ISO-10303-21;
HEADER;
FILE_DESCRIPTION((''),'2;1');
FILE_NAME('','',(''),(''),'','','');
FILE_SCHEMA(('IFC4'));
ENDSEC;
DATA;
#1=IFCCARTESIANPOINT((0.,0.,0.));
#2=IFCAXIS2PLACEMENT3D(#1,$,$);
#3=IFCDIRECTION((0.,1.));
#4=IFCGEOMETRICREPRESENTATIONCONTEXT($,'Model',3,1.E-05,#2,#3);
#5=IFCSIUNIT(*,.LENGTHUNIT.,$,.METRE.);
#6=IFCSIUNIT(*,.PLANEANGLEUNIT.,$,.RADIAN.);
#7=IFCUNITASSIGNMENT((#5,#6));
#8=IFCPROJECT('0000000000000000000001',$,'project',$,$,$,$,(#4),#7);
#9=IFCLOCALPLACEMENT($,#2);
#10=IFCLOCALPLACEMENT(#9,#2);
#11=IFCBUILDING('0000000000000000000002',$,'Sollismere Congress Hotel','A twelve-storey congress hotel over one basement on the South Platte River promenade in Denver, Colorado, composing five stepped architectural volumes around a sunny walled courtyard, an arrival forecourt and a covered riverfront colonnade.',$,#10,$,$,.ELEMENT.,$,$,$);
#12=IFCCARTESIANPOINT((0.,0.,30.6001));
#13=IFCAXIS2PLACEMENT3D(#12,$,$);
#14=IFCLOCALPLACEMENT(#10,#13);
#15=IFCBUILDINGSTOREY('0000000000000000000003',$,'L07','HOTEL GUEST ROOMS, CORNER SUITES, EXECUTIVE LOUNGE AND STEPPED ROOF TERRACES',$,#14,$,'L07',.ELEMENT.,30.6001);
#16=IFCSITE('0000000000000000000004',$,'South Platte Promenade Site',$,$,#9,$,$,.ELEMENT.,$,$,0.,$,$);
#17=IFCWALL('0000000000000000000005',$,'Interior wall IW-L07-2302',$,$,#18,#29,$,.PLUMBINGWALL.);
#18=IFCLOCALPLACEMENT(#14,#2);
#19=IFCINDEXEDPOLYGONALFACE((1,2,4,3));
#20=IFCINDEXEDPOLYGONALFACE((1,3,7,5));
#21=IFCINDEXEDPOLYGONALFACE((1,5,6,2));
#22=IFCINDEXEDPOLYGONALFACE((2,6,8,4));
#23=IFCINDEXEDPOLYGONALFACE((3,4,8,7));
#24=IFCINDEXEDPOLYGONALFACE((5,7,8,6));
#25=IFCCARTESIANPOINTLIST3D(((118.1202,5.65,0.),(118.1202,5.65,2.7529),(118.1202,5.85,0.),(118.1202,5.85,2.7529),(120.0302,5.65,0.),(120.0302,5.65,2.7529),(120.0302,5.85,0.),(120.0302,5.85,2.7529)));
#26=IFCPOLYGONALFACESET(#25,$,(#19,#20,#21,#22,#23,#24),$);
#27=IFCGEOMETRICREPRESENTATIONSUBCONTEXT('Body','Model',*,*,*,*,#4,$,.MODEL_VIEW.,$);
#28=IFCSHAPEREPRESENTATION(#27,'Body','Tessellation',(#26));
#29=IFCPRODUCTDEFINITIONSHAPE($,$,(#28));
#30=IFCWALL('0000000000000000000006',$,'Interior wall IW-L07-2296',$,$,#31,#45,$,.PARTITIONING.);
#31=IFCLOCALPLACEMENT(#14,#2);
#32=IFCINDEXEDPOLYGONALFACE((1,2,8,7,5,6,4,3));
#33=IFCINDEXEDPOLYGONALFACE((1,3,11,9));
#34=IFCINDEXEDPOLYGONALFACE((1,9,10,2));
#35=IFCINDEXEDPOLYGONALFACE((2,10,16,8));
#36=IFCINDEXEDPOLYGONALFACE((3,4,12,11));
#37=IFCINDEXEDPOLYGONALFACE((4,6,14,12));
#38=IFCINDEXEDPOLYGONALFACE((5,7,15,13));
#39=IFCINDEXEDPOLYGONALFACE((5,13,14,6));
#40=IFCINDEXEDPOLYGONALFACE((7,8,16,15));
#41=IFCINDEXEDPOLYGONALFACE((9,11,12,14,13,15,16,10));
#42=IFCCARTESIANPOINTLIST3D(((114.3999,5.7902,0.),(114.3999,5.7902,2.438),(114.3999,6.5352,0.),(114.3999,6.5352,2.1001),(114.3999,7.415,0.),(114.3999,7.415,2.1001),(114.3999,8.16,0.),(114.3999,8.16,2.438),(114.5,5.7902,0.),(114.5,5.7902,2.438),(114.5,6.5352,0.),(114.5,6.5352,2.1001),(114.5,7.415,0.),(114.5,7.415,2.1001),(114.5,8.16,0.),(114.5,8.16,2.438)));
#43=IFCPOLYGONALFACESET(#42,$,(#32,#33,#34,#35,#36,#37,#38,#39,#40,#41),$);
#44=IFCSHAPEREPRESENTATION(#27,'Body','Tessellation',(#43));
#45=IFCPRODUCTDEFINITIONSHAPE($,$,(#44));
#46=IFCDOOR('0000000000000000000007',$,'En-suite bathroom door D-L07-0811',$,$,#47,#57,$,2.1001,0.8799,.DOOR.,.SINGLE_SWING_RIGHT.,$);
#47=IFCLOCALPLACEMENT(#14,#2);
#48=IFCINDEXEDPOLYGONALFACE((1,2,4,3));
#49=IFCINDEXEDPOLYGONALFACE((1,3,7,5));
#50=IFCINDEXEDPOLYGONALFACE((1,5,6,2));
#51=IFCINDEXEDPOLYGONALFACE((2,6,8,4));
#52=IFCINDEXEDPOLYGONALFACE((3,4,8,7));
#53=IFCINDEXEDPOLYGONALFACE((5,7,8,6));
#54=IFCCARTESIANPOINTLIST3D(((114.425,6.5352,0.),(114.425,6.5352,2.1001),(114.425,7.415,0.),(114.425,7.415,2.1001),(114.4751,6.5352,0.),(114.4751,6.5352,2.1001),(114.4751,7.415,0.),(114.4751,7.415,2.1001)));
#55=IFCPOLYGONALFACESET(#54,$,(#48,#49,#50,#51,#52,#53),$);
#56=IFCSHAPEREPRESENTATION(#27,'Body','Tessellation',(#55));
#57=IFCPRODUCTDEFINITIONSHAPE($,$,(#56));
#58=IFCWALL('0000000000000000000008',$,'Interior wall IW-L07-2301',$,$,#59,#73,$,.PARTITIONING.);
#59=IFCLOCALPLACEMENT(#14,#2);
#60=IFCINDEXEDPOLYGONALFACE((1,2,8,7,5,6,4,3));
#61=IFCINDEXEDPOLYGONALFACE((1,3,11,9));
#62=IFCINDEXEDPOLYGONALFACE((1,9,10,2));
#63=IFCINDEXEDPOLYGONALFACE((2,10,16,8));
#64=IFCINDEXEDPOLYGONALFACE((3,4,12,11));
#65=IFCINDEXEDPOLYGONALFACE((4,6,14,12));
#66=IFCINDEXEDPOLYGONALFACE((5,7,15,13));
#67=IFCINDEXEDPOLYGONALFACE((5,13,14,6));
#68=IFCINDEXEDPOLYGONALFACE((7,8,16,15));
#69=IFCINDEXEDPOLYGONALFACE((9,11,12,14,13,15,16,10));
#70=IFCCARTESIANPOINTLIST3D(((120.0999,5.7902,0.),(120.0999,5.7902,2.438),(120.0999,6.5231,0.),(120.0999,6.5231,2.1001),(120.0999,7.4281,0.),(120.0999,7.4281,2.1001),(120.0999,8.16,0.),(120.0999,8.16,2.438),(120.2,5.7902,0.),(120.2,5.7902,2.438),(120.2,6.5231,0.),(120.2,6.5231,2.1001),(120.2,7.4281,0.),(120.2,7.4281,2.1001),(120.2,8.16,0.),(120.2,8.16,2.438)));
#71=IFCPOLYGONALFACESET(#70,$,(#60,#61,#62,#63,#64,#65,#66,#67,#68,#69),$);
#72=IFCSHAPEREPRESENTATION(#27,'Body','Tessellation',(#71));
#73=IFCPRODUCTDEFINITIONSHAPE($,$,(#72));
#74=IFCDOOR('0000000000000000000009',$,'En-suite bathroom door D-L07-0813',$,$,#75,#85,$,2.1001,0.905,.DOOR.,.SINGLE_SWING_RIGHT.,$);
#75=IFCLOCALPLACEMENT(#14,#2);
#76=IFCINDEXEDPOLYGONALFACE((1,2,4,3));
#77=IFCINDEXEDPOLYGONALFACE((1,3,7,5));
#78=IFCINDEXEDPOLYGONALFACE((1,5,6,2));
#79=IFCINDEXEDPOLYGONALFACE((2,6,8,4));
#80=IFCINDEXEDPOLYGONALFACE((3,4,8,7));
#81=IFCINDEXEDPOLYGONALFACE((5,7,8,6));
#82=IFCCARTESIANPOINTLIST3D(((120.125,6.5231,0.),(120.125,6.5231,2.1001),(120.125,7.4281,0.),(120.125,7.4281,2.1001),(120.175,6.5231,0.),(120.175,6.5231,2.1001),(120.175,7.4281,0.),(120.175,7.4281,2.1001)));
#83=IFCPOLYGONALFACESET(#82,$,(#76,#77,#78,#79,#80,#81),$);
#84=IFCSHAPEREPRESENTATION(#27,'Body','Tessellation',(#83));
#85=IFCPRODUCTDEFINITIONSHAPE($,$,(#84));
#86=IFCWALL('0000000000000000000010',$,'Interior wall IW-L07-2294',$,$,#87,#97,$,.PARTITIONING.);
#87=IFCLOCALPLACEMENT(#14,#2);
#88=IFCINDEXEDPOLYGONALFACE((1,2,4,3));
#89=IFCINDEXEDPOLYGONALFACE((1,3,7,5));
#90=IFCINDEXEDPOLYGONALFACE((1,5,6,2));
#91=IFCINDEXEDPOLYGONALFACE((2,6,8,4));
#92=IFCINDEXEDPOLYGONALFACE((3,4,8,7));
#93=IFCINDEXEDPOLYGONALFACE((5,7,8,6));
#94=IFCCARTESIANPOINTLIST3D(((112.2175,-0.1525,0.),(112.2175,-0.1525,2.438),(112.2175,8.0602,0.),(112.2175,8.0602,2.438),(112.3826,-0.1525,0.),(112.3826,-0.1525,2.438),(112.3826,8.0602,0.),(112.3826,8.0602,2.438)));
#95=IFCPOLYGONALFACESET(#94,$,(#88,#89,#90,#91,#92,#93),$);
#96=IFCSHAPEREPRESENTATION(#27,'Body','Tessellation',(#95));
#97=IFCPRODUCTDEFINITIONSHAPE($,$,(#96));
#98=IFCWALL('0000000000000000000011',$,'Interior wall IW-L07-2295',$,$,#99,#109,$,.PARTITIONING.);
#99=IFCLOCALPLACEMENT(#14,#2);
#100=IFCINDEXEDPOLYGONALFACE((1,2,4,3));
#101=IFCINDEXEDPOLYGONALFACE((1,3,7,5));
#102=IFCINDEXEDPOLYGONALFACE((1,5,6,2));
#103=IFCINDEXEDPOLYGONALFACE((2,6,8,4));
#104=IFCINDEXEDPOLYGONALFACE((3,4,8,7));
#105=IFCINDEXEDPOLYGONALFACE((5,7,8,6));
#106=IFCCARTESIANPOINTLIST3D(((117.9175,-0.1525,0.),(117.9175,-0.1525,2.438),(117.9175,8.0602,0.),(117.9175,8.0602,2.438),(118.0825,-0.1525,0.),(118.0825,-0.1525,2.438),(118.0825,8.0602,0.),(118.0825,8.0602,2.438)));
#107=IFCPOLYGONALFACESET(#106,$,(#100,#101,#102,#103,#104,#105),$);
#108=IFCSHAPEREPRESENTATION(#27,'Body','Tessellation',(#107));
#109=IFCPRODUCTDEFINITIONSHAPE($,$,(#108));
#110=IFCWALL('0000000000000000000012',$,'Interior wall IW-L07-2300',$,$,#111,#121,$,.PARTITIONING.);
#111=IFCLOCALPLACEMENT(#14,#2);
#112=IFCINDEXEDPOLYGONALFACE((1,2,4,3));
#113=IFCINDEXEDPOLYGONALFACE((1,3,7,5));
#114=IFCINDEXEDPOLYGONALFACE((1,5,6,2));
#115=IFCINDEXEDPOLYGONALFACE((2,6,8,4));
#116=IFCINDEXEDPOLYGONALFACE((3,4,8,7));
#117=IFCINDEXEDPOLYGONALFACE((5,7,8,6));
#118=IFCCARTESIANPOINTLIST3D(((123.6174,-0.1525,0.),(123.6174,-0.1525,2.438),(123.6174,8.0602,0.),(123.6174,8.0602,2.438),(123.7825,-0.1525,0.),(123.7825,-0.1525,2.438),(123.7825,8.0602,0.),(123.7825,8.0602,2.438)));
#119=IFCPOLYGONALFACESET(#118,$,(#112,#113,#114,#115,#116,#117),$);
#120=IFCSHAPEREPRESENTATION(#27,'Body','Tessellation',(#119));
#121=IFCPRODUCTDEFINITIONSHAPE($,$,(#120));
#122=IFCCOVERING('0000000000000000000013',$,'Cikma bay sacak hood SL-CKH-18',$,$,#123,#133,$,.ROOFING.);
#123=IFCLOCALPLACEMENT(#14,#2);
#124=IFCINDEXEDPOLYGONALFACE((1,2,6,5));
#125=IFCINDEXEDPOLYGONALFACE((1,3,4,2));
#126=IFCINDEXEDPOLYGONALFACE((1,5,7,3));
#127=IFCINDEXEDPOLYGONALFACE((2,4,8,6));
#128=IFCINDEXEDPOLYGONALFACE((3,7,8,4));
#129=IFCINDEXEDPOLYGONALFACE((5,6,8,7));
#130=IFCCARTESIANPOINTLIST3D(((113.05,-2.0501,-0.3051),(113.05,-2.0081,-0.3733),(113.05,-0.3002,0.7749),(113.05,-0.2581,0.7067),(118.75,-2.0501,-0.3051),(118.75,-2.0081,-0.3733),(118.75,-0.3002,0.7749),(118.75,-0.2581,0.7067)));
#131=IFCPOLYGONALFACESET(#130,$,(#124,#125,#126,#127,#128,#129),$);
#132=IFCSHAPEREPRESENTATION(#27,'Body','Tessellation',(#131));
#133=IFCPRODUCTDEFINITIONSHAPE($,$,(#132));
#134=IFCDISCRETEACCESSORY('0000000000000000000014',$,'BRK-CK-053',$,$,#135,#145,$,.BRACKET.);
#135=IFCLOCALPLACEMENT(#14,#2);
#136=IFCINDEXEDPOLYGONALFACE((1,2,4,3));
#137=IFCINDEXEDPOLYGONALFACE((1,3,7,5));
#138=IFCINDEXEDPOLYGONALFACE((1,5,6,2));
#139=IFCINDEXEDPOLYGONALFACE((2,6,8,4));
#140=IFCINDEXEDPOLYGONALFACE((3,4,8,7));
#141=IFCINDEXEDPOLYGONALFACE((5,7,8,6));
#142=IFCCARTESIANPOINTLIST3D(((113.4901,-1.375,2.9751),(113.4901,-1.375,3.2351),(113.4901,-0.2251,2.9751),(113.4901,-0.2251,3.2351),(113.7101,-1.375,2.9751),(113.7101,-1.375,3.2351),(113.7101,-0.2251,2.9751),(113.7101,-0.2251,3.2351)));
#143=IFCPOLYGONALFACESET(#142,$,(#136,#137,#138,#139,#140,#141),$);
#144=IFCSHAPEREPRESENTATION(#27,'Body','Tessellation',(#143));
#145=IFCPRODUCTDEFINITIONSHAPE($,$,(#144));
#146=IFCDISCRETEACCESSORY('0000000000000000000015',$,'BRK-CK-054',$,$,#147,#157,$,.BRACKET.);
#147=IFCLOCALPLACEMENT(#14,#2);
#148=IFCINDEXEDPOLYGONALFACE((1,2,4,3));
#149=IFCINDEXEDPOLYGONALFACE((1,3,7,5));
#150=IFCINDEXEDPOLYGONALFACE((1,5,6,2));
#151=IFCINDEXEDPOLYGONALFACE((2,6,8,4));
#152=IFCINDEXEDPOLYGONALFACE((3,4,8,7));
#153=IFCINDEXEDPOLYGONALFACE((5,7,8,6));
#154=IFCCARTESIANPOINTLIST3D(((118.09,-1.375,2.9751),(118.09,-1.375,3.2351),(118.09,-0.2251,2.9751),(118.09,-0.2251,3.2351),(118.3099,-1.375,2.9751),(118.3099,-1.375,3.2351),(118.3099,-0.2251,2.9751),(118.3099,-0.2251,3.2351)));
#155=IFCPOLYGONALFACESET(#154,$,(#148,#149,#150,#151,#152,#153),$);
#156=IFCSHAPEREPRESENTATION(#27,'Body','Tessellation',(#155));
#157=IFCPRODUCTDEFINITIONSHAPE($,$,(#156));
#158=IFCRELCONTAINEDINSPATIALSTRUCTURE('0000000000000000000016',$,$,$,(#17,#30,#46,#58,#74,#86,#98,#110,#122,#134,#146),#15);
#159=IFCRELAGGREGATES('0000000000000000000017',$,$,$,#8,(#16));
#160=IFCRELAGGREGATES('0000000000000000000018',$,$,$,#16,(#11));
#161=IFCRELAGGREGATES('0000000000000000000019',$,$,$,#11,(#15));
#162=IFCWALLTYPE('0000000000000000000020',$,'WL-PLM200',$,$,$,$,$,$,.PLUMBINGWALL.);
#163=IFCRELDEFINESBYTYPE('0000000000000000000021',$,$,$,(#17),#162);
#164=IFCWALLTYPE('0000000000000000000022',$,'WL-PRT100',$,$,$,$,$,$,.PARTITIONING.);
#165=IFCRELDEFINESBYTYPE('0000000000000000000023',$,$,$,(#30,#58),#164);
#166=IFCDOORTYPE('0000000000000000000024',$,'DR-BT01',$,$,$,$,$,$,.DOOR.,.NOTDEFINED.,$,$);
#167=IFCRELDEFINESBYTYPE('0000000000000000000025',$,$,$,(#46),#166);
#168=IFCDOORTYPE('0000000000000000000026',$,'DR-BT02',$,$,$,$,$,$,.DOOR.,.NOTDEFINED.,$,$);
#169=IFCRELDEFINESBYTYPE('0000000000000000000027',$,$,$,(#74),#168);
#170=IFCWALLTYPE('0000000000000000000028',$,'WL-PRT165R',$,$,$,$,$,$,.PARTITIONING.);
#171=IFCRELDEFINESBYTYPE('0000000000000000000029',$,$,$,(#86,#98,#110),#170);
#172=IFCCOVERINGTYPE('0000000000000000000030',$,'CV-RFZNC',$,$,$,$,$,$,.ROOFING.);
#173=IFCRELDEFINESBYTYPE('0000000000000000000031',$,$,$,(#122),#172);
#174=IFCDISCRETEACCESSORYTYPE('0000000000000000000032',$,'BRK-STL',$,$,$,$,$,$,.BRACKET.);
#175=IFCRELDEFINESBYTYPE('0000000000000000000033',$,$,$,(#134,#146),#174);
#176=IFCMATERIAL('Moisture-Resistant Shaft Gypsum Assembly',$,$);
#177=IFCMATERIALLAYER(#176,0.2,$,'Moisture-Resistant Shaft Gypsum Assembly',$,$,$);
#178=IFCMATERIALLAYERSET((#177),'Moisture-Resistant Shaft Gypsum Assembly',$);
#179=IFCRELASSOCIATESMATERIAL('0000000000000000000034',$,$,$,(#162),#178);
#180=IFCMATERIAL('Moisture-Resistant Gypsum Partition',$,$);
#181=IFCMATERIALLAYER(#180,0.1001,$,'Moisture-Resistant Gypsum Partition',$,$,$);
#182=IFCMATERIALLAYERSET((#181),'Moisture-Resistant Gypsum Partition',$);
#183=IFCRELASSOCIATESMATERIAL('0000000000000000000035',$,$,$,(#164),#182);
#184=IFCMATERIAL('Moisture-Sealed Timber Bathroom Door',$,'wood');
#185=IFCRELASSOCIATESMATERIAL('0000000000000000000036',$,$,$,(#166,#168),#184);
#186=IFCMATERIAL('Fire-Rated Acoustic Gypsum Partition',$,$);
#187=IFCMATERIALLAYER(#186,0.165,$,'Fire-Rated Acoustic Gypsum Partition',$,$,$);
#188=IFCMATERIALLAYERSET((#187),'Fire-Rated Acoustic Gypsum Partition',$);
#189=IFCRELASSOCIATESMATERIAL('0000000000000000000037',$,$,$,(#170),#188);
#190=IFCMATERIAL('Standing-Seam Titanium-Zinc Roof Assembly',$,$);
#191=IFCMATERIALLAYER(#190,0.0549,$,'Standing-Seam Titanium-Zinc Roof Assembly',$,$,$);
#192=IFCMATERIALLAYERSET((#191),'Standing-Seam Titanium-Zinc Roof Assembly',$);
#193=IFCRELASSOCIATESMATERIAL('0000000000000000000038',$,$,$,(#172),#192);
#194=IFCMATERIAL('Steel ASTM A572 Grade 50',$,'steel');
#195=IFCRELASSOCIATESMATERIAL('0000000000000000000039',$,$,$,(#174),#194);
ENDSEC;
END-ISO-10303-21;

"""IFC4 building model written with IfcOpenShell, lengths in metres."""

from ifc_helpers import new_model, si_unit, direction, frame, frame_2d, origin, origin_2d, place, context, subcontext, project, spatial, polyline, rectangle, outline, extrude, material, layer, layer_set, type_object, element, fill, save


model = new_model("IFC4")

# Units and contexts
model_context = context("Model", 3, precision=1e-05, world=origin(), true_north=direction((0.0, 1.0)))
body_context = subcontext(model_context, "Body", "Model", "MODEL_VIEW")
ifc_project = project(units=[si_unit("LENGTHUNIT", "METRE"), si_unit("PLANEANGLEUNIT", "RADIAN")], contexts=[model_context])

# Site, building, storey
site_placement = place(None, origin())
site = spatial("IfcSite", under=ifc_project, at=site_placement, Name="South Platte Promenade Site", CompositionType="ELEMENT", RefElevation=0.0)
building_placement = place(site_placement, origin())
building = spatial("IfcBuilding", under=site, at=building_placement, Name="Sollismere Congress Hotel", Description="A twelve-storey congress hotel over one basement on the South Platte River promenade in Denver, Colorado, composing five stepped architectural volumes around a sunny walled courtyard, an arrival forecourt and a covered riverfront colonnade.", CompositionType="ELEMENT")
storey_placement = place(building_placement, frame((0.0, 0.0, 30.6001)))
storey = spatial("IfcBuildingStorey", under=building, at=storey_placement, Name="L07", Description="HOTEL GUEST ROOMS, CORNER SUITES, EXECUTIVE LOUNGE AND STEPPED ROOF TERRACES", LongName="L07", CompositionType="ELEMENT", Elevation=30.6001)

# Wall
ifc_material_1 = material(Name="Moisture-Resistant Shaft Gypsum Assembly")
ifc_layer_1 = layer(ifc_material_1, 0.2, Name="Moisture-Resistant Shaft Gypsum Assembly")
ifc_layer_set_1 = layer_set([ifc_layer_1], Name="Moisture-Resistant Shaft Gypsum Assembly")
wall_type_1 = type_object("IfcWallType", Name="WL-PLM200", PredefinedType="PLUMBINGWALL", material=ifc_layer_set_1)
wall_1_placement = place(storey_placement, frame((118.1201, 5.75, 0.0), z_axis=(0.0, 0.0, 1.0), x_axis=(1.0, 0.0, 0.0)))
element("IfcWall", 1, at=wall_1_placement, inside=storey, type_object=wall_type_1, Name="Interior wall IW-L07-2302", PredefinedType="PLUMBINGWALL", context=body_context, shape_type="SweptSolid", body=[
    extrude(rectangle(XDim=1.9099, YDim=0.2, at=frame_2d((0.9551, 0.0))), origin(), (0.0, 0.0, 1.0), 2.7529),
])

# Walls, openings, doors
ifc_material_2 = material(Name="Moisture-Resistant Gypsum Partition")
ifc_layer_2 = layer(ifc_material_2, 0.1001, Name="Moisture-Resistant Gypsum Partition")
ifc_layer_set_2 = layer_set([ifc_layer_2], Name="Moisture-Resistant Gypsum Partition")
wall_type_2 = type_object("IfcWallType", Name="WL-PRT100", PredefinedType="PARTITIONING", material=ifc_layer_set_2)
wall_2_placement = place(storey_placement, frame((114.45, 5.79, 0.0), z_axis=(0.0, 0.0, 1.0), x_axis=(0.0, 1.0, 0.0)))
wall_2 = element("IfcWall", 2, at=wall_2_placement, inside=storey, type_object=wall_type_2, Name="Interior wall IW-L07-2296", PredefinedType="PARTITIONING", context=body_context, shape_type="SweptSolid", body=[
    extrude(rectangle(XDim=2.3699, YDim=0.1001, at=frame_2d((1.1851, 0.0))), origin(), (0.0, 0.0, 1.0), 2.438),
])
opening_1_placement = place(wall_2_placement, frame((0.7451, 0.0, 0.0)))
opening_1 = element("IfcOpeningElement", 3, at=opening_1_placement, cuts=wall_2, PredefinedType="OPENING", context=body_context, shape_type="SweptSolid", body=[
    extrude(rectangle(XDim=0.8799, YDim=2.1001, at=frame_2d((0.4399, 1.05))), frame((0.0, 0.0601, 0.0), z_axis=(0.0, -1.0, 0.0), x_axis=(1.0, 0.0, 0.0)), (0.0, 0.0, 1.0), 0.1201),
])
ifc_material_3 = material(Name="Moisture-Sealed Timber Bathroom Door", Category="wood")
door_type_1 = type_object("IfcDoorType", Name="DR-BT01", OperationType="NOTDEFINED", PredefinedType="DOOR", material=ifc_material_3)
door_1_placement = place(opening_1_placement, origin())
door_1 = element("IfcDoor", 4, at=door_1_placement, inside=storey, type_object=door_type_1, Name="En-suite bathroom door D-L07-0811", OperationType="SINGLE_SWING_RIGHT", OverallHeight=2.1001, OverallWidth=0.8799, PredefinedType="DOOR", context=body_context, shape_type="SweptSolid", body=[
    extrude(rectangle(XDim=0.8799, YDim=2.1001, at=frame_2d((0.4399, 1.05))), frame((0.0, 0.0249, 0.0), z_axis=(0.0, -1.0, 0.0), x_axis=(1.0, 0.0, 0.0)), (0.0, 0.0, 1.0), 0.05),
])
fill(opening_1, door_1)
wall_3_placement = place(storey_placement, frame((120.1499, 5.79, 0.0), z_axis=(0.0, 0.0, 1.0), x_axis=(0.0, 1.0, 0.0)))
wall_3 = element("IfcWall", 5, at=wall_3_placement, inside=storey, type_object=wall_type_2, Name="Interior wall IW-L07-2301", PredefinedType="PARTITIONING", context=body_context, shape_type="SweptSolid", body=[
    extrude(rectangle(XDim=2.3699, YDim=0.1001, at=frame_2d((1.1851, 0.0))), origin(), (0.0, 0.0, 1.0), 2.438),
])
opening_2_placement = place(wall_3_placement, frame((0.7329, 0.0, 0.0)))
opening_2 = element("IfcOpeningElement", 6, at=opening_2_placement, cuts=wall_3, PredefinedType="OPENING", context=body_context, shape_type="SweptSolid", body=[
    extrude(rectangle(XDim=0.905, YDim=2.1001, at=frame_2d((0.4526, 1.05))), frame((0.0, 0.0601, 0.0), z_axis=(0.0, -1.0, 0.0), x_axis=(1.0, 0.0, 0.0)), (0.0, 0.0, 1.0), 0.1201),
])
door_type_2 = type_object("IfcDoorType", Name="DR-BT02", OperationType="NOTDEFINED", PredefinedType="DOOR", material=ifc_material_3)
door_2_placement = place(opening_2_placement, origin())
door_2 = element("IfcDoor", 7, at=door_2_placement, inside=storey, type_object=door_type_2, Name="En-suite bathroom door D-L07-0813", OperationType="SINGLE_SWING_RIGHT", OverallHeight=2.1001, OverallWidth=0.905, PredefinedType="DOOR", context=body_context, shape_type="SweptSolid", body=[
    extrude(rectangle(XDim=0.905, YDim=2.1001, at=frame_2d((0.4526, 1.05))), frame((0.0, 0.0249, 0.0), z_axis=(0.0, -1.0, 0.0), x_axis=(1.0, 0.0, 0.0)), (0.0, 0.0, 1.0), 0.05),
])
fill(opening_2, door_2)

# Walls
ifc_material_4 = material(Name="Fire-Rated Acoustic Gypsum Partition")
ifc_layer_3 = layer(ifc_material_4, 0.165, Name="Fire-Rated Acoustic Gypsum Partition")
ifc_layer_set_3 = layer_set([ifc_layer_3], Name="Fire-Rated Acoustic Gypsum Partition")
wall_type_3 = type_object("IfcWallType", Name="WL-PRT165R", PredefinedType="PARTITIONING", material=ifc_layer_set_3)
for number, where, z_axis, x_axis, name in (
    (8, (112.3, -0.1526, 0.0), (0.0, 0.0, 1.0), (0.0, 1.0, 0.0), "Interior wall IW-L07-2294"),
    (9, (118.0, -0.1526, 0.0), (0.0, 0.0, 1.0), (0.0, 1.0, 0.0), "Interior wall IW-L07-2295"),
    (10, (123.7, -0.1526, 0.0), (0.0, 0.0, 1.0), (0.0, 1.0, 0.0), "Interior wall IW-L07-2300"),
):
    element("IfcWall", number, at=place(storey_placement, frame(where, z_axis=z_axis, x_axis=x_axis)), inside=storey, type_object=wall_type_3, Name=name, PredefinedType="PARTITIONING", context=body_context, shape_type="SweptSolid", body=[
        extrude(rectangle(XDim=8.2126, YDim=0.165, at=frame_2d((4.1064, 0.0))), origin(), (0.0, 0.0, 1.0), 2.438),
    ])

# Covering
ifc_material_5 = material(Name="Standing-Seam Titanium-Zinc Roof Assembly")
ifc_layer_4 = layer(ifc_material_5, 0.0549, Name="Standing-Seam Titanium-Zinc Roof Assembly")
ifc_layer_set_4 = layer_set([ifc_layer_4], Name="Standing-Seam Titanium-Zinc Roof Assembly")
covering_type = type_object("IfcCoveringType", Name="CV-RFZNC", PredefinedType="ROOFING", material=ifc_layer_set_4)
covering_placement = place(storey_placement, frame((113.05, -2.0081, -0.3733), z_axis=(0.0, -0.52521, 0.850973), x_axis=(1.0, 0.0, 0.0)))
element("IfcCovering", 11, at=covering_placement, inside=storey, type_object=covering_type, Name="Cikma bay sacak hood SL-CKH-18", PredefinedType="ROOFING", context=body_context, shape_type="SweptSolid", body=[
    extrude(outline(polyline([(0.0, 0.0), (5.7, 0.0), (5.7, 2.0564), (0.0, 2.0564), (0.0, 0.0)])), origin(), (0.0, 0.0, 1.0), 0.0801),
])

# Discrete accessories
ifc_material_6 = material(Name="Steel ASTM A572 Grade 50", Category="steel")
discrete_accessory_type = type_object("IfcDiscreteAccessoryType", Name="BRK-STL", PredefinedType="BRACKET", material=ifc_material_6)
for number, where, z_axis, x_axis, name in (
    (12, (113.6001, -0.8, 2.9751), (0.0, 0.0, 1.0), (1.0, 0.0, 0.0), "BRK-CK-053"),
    (13, (118.2, -0.8, 2.9751), (0.0, 0.0, 1.0), (1.0, 0.0, 0.0), "BRK-CK-054"),
):
    element("IfcDiscreteAccessory", number, at=place(storey_placement, frame(where, z_axis=z_axis, x_axis=x_axis)), inside=storey, type_object=discrete_accessory_type, Name=name, PredefinedType="BRACKET", context=body_context, shape_type="SweptSolid", body=[
        extrude(rectangle(XDim=0.22, YDim=1.1499, at=origin_2d()), origin(), (0.0, 0.0, 1.0), 0.26),
    ])

save(model, "model.ifc")
